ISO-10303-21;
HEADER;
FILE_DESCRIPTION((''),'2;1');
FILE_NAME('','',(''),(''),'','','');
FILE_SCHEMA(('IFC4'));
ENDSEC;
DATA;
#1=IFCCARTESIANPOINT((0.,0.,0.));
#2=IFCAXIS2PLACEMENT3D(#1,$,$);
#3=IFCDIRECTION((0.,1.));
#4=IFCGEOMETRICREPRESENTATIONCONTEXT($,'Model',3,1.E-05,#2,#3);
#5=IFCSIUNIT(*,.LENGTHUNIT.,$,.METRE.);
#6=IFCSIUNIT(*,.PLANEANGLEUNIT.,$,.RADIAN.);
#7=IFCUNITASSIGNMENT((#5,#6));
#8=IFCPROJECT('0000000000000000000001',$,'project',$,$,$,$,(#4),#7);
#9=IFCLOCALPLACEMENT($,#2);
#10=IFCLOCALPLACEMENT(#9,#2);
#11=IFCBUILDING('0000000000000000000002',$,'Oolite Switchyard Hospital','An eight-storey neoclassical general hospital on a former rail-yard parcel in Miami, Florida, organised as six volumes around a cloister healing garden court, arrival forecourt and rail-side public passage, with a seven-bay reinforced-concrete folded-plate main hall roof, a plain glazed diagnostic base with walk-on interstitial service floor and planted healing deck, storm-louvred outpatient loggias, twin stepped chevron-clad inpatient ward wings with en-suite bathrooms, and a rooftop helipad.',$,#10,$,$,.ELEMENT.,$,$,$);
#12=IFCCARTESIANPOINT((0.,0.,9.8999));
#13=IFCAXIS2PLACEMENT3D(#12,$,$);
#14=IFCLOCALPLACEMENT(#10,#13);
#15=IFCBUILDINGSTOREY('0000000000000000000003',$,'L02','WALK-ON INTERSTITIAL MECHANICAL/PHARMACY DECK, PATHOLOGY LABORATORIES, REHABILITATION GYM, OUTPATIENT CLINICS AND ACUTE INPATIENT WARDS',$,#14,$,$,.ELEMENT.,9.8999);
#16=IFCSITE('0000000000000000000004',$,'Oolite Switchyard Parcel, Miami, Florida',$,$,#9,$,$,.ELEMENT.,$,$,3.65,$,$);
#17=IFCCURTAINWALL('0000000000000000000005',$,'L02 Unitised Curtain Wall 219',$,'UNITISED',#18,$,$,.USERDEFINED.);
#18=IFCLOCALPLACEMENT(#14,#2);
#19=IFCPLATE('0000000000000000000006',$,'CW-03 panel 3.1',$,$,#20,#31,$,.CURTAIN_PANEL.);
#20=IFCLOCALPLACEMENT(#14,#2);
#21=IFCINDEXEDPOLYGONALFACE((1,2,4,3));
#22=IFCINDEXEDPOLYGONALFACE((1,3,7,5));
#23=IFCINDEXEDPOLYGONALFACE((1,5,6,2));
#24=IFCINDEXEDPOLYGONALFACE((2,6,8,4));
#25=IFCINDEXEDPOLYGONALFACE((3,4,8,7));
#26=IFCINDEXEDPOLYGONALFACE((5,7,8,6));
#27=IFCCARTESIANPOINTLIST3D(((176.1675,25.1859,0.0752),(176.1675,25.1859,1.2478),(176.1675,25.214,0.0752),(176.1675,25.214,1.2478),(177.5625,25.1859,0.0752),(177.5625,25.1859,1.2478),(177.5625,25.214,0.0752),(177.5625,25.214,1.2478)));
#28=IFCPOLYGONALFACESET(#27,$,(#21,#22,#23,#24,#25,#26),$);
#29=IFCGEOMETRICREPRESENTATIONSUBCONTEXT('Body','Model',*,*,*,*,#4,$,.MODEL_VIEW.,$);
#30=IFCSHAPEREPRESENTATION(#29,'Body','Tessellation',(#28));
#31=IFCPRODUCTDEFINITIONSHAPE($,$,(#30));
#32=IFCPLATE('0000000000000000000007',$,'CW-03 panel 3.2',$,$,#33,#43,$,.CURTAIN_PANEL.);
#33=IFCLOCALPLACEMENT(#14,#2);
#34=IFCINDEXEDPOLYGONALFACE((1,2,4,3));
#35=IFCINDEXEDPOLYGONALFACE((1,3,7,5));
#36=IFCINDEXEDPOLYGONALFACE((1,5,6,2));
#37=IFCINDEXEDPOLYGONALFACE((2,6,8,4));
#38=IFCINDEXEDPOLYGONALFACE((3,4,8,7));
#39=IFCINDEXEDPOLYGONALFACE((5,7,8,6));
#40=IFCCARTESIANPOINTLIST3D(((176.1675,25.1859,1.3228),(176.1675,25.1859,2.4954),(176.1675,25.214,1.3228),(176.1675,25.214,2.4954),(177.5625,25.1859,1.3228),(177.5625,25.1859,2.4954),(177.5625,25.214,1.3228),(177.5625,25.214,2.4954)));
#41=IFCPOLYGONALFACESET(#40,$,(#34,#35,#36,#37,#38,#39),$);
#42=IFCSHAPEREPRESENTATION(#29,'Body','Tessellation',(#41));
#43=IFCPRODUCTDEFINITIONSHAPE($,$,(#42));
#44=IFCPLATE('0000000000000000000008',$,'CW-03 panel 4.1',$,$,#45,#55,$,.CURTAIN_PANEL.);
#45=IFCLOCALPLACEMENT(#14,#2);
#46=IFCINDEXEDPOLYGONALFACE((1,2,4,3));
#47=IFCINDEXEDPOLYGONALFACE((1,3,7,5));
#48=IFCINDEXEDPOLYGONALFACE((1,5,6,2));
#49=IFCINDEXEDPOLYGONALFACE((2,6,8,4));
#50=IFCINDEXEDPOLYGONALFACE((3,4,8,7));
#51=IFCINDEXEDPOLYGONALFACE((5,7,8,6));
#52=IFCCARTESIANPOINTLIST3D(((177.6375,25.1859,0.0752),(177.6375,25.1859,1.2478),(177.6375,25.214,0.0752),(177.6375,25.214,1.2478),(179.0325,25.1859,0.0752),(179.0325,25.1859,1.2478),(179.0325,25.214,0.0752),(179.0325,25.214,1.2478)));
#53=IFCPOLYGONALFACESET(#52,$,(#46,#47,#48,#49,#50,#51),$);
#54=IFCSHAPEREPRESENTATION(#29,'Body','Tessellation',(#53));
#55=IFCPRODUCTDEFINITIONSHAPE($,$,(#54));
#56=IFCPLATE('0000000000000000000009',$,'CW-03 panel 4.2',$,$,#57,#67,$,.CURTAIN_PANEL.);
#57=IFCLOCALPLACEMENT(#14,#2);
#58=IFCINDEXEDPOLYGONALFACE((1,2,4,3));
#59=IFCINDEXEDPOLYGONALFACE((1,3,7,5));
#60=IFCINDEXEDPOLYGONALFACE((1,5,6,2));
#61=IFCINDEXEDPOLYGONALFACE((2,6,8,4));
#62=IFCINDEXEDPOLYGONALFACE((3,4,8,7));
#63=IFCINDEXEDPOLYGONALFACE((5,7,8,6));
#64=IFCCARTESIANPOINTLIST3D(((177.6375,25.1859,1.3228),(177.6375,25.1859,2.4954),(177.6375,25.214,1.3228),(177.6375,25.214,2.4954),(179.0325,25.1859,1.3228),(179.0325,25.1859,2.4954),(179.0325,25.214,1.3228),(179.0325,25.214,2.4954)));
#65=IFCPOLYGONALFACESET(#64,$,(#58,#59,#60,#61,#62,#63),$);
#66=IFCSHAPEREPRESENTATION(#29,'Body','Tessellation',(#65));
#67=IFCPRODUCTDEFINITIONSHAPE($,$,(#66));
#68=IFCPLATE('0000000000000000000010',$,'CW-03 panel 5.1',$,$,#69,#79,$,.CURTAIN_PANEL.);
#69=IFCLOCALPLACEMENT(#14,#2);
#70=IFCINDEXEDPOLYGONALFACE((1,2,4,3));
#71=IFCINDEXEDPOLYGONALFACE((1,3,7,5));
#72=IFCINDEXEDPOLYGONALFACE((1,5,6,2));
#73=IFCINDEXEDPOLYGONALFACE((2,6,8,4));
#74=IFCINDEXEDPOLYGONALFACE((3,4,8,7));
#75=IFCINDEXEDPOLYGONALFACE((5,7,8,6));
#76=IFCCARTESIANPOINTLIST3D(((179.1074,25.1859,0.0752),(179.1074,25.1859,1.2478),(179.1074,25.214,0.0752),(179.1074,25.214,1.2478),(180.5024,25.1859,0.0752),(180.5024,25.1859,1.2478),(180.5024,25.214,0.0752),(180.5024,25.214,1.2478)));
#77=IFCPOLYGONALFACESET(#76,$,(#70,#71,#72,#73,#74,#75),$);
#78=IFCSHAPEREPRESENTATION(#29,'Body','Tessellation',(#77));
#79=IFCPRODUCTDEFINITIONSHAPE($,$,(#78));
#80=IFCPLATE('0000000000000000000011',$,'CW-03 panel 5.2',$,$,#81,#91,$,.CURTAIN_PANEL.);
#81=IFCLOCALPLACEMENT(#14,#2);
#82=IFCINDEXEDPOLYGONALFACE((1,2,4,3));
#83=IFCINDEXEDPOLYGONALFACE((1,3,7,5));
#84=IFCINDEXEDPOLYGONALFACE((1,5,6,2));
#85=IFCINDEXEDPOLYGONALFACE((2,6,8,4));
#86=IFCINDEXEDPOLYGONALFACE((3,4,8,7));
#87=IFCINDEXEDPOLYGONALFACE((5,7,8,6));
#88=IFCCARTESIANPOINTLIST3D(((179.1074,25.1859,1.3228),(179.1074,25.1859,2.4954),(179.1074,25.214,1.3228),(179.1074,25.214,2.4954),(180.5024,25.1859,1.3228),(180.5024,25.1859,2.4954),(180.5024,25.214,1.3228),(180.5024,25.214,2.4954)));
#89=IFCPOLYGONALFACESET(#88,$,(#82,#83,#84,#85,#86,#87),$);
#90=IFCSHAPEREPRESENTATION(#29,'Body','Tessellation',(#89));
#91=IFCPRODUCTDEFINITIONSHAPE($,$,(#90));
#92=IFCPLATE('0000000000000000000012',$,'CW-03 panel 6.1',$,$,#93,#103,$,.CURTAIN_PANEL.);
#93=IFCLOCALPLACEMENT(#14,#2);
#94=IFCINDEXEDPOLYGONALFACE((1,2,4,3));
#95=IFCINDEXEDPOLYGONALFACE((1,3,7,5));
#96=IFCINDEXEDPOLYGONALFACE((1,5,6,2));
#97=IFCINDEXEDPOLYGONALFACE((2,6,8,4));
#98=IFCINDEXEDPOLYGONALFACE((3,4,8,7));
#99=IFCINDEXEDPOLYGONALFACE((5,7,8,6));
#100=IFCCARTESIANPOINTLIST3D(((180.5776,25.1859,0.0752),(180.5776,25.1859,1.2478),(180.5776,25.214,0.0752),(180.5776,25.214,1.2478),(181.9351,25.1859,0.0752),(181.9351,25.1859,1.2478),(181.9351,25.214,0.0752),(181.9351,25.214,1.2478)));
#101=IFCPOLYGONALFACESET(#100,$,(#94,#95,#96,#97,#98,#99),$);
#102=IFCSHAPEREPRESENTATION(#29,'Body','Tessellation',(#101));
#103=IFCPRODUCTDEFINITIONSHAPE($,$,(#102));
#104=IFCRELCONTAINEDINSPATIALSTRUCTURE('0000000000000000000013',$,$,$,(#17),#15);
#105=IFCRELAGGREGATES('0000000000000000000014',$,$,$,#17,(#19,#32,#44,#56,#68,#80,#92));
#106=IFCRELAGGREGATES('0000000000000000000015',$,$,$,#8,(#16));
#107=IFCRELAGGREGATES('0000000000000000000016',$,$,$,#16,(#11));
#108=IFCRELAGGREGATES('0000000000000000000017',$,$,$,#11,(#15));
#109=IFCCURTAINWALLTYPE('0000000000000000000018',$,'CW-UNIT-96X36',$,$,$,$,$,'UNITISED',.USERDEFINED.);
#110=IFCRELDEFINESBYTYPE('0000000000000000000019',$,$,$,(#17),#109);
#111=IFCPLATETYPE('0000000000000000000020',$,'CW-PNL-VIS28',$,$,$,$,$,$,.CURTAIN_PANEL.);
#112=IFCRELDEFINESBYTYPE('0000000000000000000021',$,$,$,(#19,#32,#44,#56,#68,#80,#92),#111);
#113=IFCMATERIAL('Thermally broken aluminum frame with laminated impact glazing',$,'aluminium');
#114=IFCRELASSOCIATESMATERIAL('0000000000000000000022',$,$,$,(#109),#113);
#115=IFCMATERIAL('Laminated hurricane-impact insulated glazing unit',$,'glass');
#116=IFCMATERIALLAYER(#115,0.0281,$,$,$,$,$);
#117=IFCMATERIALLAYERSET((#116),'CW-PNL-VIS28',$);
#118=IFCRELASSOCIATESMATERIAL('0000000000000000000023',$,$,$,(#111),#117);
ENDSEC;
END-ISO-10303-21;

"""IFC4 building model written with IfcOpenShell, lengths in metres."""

from ifc_helpers import new_model, si_unit, direction, frame, origin, origin_2d, place, context, subcontext, project, spatial, rectangle, extrude, material, layer, layer_set, type_object, element, aggregate, save


model = new_model("IFC4")

# Units and contexts
model_context = context("Model", 3, precision=1e-05, world=origin(), true_north=direction((0.0, 1.0)))
body_context = subcontext(model_context, "Body", "Model", "MODEL_VIEW")
ifc_project = project(units=[si_unit("LENGTHUNIT", "METRE"), si_unit("PLANEANGLEUNIT", "RADIAN")], contexts=[model_context])

# Site, building, storey
site_placement = place(None, origin())
site = spatial("IfcSite", under=ifc_project, at=site_placement, Name="Oolite Switchyard Parcel, Miami, Florida", CompositionType="ELEMENT", RefElevation=3.65)
building_placement = place(site_placement, origin())
building = spatial("IfcBuilding", under=site, at=building_placement, Name="Oolite Switchyard Hospital", Description="An eight-storey neoclassical general hospital on a former rail-yard parcel in Miami, Florida, organised as six volumes around a cloister healing garden court, arrival forecourt and rail-side public passage, with a seven-bay reinforced-concrete folded-plate main hall roof, a plain glazed diagnostic base with walk-on interstitial service floor and planted healing deck, storm-louvred outpatient loggias, twin stepped chevron-clad inpatient ward wings with en-suite bathrooms, and a rooftop helipad.", CompositionType="ELEMENT")
storey_placement = place(building_placement, frame((0.0, 0.0, 9.8999)))
storey = spatial("IfcBuildingStorey", under=building, at=storey_placement, Name="L02", Description="WALK-ON INTERSTITIAL MECHANICAL/PHARMACY DECK, PATHOLOGY LABORATORIES, REHABILITATION GYM, OUTPATIENT CLINICS AND ACUTE INPATIENT WARDS", CompositionType="ELEMENT", Elevation=9.8999)

# Curtain wall, plates
ifc_material_1 = material(Name="Thermally broken aluminum frame with laminated impact glazing", Category="aluminium")
curtain_wall_type = type_object("IfcCurtainWallType", Name="CW-UNIT-96X36", ElementType="UNITISED", PredefinedType="USERDEFINED", material=ifc_material_1)
curtain_wall_placement = place(storey_placement, origin())
curtain_wall = element("IfcCurtainWall", 1, at=curtain_wall_placement, inside=storey, type_object=curtain_wall_type, Name="L02 Unitised Curtain Wall 219", ObjectType="UNITISED", PredefinedType="USERDEFINED")
ifc_material_2 = material(Name="Laminated hurricane-impact insulated glazing unit", Category="glass")
ifc_layer = layer(ifc_material_2, 0.0281)
ifc_layer_set = layer_set([ifc_layer], Name="CW-PNL-VIS28")
plate_type = type_object("IfcPlateType", Name="CW-PNL-VIS28", PredefinedType="CURTAIN_PANEL", material=ifc_layer_set)
plate_1_placement = place(storey_placement, frame((176.865, 25.2, 0.0752), z_axis=(0.0, 0.0, 1.0), x_axis=(1.0, 0.0, 0.0)))
plate_1 = element("IfcPlate", 2, at=plate_1_placement, type_object=plate_type, Name="CW-03 panel 3.1", PredefinedType="CURTAIN_PANEL", context=body_context, shape_type="SweptSolid", body=[
    extrude(rectangle(XDim=1.395, YDim=0.0281, at=origin_2d()), origin(), (0.0, 0.0, 1.0), 1.1726),
])
plate_2_placement = place(storey_placement, frame((176.865, 25.2, 1.3228), z_axis=(0.0, 0.0, 1.0), x_axis=(1.0, 0.0, 0.0)))
plate_2 = element("IfcPlate", 3, at=plate_2_placement, type_object=plate_type, Name="CW-03 panel 3.2", PredefinedType="CURTAIN_PANEL", context=body_context, shape_type="SweptSolid", body=[
    extrude(rectangle(XDim=1.395, YDim=0.0281, at=origin_2d()), origin(), (0.0, 0.0, 1.0), 1.1726),
])
plate_3_placement = place(storey_placement, frame((178.335, 25.2, 0.0752), z_axis=(0.0, 0.0, 1.0), x_axis=(1.0, 0.0, 0.0)))
plate_3 = element("IfcPlate", 4, at=plate_3_placement, type_object=plate_type, Name="CW-03 panel 4.1", PredefinedType="CURTAIN_PANEL", context=body_context, shape_type="SweptSolid", body=[
    extrude(rectangle(XDim=1.395, YDim=0.0281, at=origin_2d()), origin(), (0.0, 0.0, 1.0), 1.1726),
])
plate_4_placement = place(storey_placement, frame((178.335, 25.2, 1.3228), z_axis=(0.0, 0.0, 1.0), x_axis=(1.0, 0.0, 0.0)))
plate_4 = element("IfcPlate", 5, at=plate_4_placement, type_object=plate_type, Name="CW-03 panel 4.2", PredefinedType="CURTAIN_PANEL", context=body_context, shape_type="SweptSolid", body=[
    extrude(rectangle(XDim=1.395, YDim=0.0281, at=origin_2d()), origin(), (0.0, 0.0, 1.0), 1.1726),
])
plate_5_placement = place(storey_placement, frame((179.8049, 25.2, 0.0752), z_axis=(0.0, 0.0, 1.0), x_axis=(1.0, 0.0, 0.0)))
plate_5 = element("IfcPlate", 6, at=plate_5_placement, type_object=plate_type, Name="CW-03 panel 5.1", PredefinedType="CURTAIN_PANEL", context=body_context, shape_type="SweptSolid", body=[
    extrude(rectangle(XDim=1.395, YDim=0.0281, at=origin_2d()), origin(), (0.0, 0.0, 1.0), 1.1726),
])
plate_6_placement = place(storey_placement, frame((179.8049, 25.2, 1.3228), z_axis=(0.0, 0.0, 1.0), x_axis=(1.0, 0.0, 0.0)))
plate_6 = element("IfcPlate", 7, at=plate_6_placement, type_object=plate_type, Name="CW-03 panel 5.2", PredefinedType="CURTAIN_PANEL", context=body_context, shape_type="SweptSolid", body=[
    extrude(rectangle(XDim=1.395, YDim=0.0281, at=origin_2d()), origin(), (0.0, 0.0, 1.0), 1.1726),
])
plate_7_placement = place(storey_placement, frame((181.2563, 25.2, 0.0752), z_axis=(0.0, 0.0, 1.0), x_axis=(1.0, 0.0, 0.0)))
plate_7 = element("IfcPlate", 8, at=plate_7_placement, type_object=plate_type, Name="CW-03 panel 6.1", PredefinedType="CURTAIN_PANEL", context=body_context, shape_type="SweptSolid", body=[
    extrude(rectangle(XDim=1.3574, YDim=0.0281, at=origin_2d()), origin(), (0.0, 0.0, 1.0), 1.1726),
])
aggregate(curtain_wall, [plate_1, plate_2, plate_3, plate_4, plate_5, plate_6, plate_7])

save(model, "model.ifc")
